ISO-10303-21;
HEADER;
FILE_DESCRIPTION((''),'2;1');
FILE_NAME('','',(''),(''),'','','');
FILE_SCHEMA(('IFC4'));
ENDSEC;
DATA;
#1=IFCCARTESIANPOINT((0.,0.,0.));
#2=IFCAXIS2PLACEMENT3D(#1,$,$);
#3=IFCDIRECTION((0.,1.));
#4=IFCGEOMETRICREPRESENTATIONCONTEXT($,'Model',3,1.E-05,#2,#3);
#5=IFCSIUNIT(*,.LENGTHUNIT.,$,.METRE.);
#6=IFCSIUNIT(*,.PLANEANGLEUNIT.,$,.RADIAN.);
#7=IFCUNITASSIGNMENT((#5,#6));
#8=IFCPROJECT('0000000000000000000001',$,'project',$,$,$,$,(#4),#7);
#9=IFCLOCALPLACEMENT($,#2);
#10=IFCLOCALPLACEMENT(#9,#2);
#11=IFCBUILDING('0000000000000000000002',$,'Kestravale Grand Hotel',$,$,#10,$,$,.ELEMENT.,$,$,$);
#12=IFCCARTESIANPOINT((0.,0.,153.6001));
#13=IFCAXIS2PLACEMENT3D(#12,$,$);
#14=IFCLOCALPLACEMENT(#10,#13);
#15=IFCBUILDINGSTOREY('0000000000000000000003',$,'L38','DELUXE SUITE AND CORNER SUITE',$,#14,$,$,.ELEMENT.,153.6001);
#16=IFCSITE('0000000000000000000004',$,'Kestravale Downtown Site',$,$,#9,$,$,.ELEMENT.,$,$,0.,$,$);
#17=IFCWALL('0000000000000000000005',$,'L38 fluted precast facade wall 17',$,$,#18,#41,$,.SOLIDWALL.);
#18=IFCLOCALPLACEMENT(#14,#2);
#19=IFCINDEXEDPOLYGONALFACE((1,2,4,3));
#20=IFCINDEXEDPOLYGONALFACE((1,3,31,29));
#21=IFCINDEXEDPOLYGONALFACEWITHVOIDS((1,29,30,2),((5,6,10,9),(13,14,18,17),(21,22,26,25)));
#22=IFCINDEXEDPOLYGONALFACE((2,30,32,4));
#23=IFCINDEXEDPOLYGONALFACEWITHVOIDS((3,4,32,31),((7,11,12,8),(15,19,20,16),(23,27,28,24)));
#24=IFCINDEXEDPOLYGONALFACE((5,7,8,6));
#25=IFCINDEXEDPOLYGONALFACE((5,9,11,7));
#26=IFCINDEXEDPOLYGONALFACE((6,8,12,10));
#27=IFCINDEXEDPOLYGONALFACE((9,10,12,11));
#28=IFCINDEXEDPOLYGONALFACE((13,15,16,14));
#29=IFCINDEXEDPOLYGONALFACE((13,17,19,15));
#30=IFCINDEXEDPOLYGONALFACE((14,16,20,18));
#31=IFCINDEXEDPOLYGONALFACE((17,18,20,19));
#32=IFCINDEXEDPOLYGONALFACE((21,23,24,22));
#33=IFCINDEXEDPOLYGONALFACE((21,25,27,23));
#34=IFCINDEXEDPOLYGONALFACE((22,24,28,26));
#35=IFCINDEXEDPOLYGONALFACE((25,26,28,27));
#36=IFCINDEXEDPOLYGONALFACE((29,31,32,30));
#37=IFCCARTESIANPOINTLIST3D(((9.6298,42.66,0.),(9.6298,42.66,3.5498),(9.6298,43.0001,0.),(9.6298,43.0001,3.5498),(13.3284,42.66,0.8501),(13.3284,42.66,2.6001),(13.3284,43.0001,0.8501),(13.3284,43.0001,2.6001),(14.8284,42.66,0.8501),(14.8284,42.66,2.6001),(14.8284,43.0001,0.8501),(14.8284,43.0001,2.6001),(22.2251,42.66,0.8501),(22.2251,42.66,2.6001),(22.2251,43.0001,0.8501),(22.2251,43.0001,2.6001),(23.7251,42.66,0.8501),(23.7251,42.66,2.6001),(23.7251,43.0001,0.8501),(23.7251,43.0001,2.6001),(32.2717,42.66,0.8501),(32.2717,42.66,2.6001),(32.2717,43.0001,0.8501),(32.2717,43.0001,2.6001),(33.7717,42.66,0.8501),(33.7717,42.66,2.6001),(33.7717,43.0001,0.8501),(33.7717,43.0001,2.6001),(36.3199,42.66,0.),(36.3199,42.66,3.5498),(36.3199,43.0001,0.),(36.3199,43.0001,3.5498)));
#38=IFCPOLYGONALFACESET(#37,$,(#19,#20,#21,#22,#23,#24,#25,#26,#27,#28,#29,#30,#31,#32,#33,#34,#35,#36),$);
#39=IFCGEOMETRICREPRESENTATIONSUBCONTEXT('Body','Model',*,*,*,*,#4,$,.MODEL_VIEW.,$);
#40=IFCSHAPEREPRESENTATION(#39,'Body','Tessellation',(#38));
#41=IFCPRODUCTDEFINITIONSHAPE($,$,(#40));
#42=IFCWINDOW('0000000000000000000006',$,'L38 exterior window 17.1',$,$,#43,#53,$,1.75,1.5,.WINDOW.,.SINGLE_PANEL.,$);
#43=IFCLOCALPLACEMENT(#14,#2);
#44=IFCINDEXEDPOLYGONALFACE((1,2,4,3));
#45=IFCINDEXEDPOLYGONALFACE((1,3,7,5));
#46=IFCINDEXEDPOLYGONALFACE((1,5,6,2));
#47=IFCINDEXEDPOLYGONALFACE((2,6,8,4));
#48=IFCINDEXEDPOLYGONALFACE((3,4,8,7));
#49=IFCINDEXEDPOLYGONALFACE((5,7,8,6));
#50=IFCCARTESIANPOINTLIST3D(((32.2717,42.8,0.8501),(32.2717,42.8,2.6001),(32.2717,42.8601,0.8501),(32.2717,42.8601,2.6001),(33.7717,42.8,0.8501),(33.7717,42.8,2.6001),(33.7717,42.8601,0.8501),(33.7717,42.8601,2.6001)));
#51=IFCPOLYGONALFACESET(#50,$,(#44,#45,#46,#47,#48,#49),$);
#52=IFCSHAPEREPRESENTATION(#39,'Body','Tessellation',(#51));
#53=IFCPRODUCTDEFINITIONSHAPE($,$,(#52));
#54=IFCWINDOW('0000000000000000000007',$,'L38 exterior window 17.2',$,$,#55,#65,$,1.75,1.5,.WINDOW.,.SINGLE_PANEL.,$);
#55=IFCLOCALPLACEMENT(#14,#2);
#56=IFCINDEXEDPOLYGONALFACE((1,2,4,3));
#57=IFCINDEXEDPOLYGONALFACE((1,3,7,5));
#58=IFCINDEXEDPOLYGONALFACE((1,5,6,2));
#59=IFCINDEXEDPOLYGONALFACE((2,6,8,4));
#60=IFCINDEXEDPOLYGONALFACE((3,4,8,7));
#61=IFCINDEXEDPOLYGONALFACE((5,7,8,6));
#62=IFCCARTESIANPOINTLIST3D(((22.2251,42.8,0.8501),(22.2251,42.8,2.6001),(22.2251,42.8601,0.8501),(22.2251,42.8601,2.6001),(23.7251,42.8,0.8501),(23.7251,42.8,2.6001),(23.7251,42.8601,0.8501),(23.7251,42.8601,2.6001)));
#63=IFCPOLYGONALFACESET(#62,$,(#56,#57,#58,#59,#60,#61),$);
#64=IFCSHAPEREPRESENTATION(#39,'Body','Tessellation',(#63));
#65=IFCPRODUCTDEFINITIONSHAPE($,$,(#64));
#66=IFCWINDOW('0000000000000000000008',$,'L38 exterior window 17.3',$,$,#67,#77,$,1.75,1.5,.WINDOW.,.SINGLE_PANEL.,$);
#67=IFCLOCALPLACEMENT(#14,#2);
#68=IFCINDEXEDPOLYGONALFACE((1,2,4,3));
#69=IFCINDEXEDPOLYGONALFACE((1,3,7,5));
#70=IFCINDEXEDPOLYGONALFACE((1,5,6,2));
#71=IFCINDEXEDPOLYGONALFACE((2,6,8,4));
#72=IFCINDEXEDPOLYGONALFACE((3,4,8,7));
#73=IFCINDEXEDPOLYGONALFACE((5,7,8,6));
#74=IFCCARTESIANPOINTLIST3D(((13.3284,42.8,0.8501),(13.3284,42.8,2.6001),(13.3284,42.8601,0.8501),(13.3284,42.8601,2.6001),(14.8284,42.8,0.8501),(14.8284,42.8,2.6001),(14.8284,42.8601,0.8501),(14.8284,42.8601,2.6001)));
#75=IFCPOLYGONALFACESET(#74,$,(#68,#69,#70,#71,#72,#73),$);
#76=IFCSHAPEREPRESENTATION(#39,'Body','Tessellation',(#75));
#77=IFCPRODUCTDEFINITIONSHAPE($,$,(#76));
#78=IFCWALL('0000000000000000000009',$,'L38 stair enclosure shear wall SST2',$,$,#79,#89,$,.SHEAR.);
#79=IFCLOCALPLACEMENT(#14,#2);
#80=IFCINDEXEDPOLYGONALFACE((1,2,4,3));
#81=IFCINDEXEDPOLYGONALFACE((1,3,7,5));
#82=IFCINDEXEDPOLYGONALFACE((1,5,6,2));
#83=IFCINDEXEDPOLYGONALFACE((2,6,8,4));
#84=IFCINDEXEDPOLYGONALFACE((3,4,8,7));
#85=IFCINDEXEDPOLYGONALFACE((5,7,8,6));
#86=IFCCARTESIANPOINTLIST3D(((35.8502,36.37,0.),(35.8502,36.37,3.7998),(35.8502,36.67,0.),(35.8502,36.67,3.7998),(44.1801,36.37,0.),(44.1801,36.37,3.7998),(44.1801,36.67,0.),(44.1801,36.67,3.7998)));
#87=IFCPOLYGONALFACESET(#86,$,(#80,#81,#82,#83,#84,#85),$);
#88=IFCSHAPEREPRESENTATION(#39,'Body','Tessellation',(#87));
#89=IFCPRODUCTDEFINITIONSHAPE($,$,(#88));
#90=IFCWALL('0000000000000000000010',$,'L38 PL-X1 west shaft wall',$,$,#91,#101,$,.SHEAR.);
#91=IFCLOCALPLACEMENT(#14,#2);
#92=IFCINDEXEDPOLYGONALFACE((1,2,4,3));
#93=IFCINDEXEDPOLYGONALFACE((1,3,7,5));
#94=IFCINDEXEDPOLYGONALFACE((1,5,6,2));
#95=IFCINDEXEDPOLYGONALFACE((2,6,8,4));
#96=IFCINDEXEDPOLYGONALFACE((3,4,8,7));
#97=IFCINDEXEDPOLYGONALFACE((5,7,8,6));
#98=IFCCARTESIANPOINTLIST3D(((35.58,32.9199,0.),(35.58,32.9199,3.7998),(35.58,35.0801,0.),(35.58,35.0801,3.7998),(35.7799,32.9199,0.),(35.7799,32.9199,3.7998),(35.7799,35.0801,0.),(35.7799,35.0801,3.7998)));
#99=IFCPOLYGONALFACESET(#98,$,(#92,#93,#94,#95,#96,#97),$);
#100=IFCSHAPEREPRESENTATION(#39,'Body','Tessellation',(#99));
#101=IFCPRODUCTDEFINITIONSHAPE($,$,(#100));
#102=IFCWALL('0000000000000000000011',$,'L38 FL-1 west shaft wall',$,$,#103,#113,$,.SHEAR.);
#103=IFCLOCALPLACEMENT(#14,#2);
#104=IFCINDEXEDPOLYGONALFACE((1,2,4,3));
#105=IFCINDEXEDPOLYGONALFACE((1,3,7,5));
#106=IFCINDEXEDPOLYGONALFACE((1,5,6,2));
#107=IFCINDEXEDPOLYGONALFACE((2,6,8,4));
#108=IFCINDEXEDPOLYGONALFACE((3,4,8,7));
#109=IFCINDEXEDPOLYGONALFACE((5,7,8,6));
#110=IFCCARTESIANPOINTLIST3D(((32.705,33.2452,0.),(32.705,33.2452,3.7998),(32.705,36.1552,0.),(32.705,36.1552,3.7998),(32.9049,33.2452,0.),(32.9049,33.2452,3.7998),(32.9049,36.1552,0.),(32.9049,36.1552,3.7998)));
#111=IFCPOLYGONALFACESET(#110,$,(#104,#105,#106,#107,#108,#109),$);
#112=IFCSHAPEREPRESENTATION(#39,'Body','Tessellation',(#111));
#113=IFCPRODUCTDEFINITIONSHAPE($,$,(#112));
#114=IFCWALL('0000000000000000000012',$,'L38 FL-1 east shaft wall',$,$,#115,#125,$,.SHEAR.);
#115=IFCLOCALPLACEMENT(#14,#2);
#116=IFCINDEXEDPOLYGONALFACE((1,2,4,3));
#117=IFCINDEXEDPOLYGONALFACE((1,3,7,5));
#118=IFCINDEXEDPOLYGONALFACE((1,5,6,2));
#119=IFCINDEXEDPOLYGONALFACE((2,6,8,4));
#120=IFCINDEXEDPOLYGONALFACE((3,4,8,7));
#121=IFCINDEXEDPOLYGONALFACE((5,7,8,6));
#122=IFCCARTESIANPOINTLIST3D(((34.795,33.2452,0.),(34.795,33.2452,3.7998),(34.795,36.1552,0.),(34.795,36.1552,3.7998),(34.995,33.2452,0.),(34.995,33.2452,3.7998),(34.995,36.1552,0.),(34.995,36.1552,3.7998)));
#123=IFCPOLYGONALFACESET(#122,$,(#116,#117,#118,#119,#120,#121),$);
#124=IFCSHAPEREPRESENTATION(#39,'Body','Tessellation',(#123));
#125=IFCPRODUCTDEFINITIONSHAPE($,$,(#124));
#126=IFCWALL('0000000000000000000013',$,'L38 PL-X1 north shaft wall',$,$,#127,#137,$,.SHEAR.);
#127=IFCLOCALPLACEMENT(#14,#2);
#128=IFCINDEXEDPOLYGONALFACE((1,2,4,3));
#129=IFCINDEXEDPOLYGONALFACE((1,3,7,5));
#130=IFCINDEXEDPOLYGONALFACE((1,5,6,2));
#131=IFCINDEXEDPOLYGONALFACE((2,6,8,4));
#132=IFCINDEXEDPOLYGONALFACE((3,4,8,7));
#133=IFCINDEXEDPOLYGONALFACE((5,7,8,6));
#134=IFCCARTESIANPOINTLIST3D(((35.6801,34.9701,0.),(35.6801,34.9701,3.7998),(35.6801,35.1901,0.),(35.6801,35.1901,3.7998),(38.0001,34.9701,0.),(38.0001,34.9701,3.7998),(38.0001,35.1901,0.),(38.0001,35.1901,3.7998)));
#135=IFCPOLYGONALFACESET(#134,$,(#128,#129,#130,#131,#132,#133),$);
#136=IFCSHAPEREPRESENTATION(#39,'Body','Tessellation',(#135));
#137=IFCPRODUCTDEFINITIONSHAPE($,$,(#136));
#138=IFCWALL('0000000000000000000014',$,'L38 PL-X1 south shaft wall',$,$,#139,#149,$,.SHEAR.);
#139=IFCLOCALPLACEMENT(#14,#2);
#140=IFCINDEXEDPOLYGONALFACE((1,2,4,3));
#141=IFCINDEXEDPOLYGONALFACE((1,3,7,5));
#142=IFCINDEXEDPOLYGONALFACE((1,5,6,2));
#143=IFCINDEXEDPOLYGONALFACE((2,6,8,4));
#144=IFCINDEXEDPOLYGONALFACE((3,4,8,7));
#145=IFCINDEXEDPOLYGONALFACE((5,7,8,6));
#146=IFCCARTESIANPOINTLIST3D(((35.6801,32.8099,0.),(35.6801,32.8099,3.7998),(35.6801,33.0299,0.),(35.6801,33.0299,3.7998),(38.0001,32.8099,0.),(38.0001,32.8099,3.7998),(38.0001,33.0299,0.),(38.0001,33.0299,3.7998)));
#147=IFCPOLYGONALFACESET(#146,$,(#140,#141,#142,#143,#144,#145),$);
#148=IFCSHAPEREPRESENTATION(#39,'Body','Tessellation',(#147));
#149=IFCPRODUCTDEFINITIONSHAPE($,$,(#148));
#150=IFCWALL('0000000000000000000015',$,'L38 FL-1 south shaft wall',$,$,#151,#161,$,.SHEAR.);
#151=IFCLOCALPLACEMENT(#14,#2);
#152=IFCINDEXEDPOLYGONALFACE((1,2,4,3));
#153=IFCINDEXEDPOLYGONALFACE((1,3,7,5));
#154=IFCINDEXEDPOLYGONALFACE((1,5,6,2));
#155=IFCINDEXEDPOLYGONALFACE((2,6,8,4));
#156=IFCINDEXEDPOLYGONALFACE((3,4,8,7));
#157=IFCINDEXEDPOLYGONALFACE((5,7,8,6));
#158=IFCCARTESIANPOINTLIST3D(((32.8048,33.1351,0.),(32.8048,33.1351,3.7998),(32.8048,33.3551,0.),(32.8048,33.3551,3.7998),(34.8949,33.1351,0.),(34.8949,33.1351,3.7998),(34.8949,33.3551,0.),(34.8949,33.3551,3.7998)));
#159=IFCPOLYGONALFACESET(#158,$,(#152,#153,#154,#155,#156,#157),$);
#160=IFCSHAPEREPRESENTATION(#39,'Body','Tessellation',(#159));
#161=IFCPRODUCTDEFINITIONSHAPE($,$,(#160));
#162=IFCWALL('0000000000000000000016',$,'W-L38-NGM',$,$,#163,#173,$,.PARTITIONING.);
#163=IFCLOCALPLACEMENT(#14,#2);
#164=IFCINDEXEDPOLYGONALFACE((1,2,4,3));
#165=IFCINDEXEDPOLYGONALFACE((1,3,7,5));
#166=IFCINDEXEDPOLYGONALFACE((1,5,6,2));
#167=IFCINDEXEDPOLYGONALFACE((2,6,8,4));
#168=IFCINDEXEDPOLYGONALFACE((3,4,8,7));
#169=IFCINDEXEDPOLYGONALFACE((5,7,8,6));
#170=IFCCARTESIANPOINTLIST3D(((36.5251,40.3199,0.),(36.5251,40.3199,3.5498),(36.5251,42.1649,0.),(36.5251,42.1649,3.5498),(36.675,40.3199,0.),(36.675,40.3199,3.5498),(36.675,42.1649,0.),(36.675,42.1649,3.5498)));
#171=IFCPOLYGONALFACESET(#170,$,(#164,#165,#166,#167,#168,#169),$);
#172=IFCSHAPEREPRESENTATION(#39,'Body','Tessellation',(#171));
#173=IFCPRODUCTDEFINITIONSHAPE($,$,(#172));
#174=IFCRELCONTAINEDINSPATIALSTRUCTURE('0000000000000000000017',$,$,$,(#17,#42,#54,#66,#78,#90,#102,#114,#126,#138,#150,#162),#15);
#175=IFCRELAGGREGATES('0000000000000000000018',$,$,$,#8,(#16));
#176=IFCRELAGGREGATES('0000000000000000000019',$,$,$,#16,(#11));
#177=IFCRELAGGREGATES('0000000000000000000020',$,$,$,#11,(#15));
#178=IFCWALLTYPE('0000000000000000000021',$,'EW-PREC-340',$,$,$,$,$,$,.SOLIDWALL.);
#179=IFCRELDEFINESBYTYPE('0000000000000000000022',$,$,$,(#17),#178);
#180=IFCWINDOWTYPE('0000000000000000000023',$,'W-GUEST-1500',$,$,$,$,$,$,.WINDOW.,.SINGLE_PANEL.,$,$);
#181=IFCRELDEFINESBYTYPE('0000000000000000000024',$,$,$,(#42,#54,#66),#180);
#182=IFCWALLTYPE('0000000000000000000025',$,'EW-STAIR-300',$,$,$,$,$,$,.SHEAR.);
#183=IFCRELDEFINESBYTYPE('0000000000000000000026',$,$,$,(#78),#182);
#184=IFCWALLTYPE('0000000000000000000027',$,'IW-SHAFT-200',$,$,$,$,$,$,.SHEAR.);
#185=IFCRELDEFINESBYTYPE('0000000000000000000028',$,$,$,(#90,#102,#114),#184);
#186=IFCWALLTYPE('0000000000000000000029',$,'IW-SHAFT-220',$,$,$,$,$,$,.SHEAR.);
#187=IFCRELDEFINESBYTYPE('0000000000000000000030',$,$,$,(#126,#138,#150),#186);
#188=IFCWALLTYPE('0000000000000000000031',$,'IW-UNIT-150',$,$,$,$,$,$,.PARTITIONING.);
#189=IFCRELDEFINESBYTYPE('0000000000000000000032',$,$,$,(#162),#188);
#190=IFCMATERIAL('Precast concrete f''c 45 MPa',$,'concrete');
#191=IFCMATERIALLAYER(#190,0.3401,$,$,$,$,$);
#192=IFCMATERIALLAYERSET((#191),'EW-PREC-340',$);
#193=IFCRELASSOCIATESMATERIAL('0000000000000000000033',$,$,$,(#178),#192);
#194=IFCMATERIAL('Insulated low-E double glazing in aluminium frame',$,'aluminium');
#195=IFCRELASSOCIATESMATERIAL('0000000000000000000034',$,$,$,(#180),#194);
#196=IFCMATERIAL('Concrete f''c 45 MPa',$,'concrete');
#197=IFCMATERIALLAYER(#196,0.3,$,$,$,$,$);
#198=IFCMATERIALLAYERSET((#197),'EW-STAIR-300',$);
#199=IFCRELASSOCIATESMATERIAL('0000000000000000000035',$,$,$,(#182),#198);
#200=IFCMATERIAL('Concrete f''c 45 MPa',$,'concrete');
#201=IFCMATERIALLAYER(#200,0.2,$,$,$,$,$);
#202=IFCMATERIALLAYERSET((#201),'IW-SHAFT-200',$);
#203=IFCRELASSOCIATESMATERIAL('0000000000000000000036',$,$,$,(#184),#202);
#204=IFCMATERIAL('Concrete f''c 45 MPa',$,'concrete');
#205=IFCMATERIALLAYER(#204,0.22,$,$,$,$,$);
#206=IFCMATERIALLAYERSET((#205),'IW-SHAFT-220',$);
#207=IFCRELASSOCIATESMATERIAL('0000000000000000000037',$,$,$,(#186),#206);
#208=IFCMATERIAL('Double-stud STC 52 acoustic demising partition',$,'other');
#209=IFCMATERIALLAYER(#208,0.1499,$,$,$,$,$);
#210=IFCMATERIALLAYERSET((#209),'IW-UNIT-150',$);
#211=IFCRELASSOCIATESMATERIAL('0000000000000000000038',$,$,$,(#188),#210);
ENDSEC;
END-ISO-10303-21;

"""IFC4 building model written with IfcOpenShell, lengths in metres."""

from ifc_helpers import new_model, si_unit, direction, frame, frame_2d, origin, place, context, subcontext, project, spatial, rectangle, extrude, material, layer, layer_set, type_object, element, fill, save


model = new_model("IFC4")

# Units and contexts
model_context = context("Model", 3, precision=1e-05, world=origin(), true_north=direction((0.0, 1.0)))
body_context = subcontext(model_context, "Body", "Model", "MODEL_VIEW")
ifc_project = project(units=[si_unit("LENGTHUNIT", "METRE"), si_unit("PLANEANGLEUNIT", "RADIAN")], contexts=[model_context])

# Site, building, storey
site_placement = place(None, origin())
site = spatial("IfcSite", under=ifc_project, at=site_placement, Name="Kestravale Downtown Site", CompositionType="ELEMENT", RefElevation=0.0)
building_placement = place(site_placement, origin())
building = spatial("IfcBuilding", under=site, at=building_placement, Name="Kestravale Grand Hotel", CompositionType="ELEMENT")
storey_placement = place(building_placement, frame((0.0, 0.0, 153.6001)))
storey = spatial("IfcBuildingStorey", under=building, at=storey_placement, Name="L38", Description="DELUXE SUITE AND CORNER SUITE", CompositionType="ELEMENT", Elevation=153.6001)

# Shared definitions
ifc_material_1 = material(Name="Precast concrete f'c 45 MPa", Category="concrete")
ifc_layer_1 = layer(ifc_material_1, 0.3401)
ifc_layer_set_1 = layer_set([ifc_layer_1], Name="EW-PREC-340")
wall_type_1 = type_object("IfcWallType", Name="EW-PREC-340", PredefinedType="SOLIDWALL", material=ifc_layer_set_1)

# Wall, openings, windows
wall_1_placement = place(storey_placement, frame((36.3201, 42.8301, 0.0), z_axis=(0.0, 0.0, 1.0), x_axis=(-1.0, 0.0, 0.0)))
wall_1 = element("IfcWall", 1, at=wall_1_placement, inside=storey, type_object=wall_type_1, Name="L38 fluted precast facade wall 17", PredefinedType="SOLIDWALL", context=body_context, shape_type="SweptSolid", body=[
    extrude(rectangle(XDim=26.6902, YDim=0.3401, at=frame_2d((13.3452, 0.0))), origin(), (0.0, 0.0, 1.0), 3.5498),
])
opening_1_placement = place(wall_1_placement, frame((2.5483, 0.0, 0.8501)))
opening_1 = element("IfcOpeningElement", 2, at=opening_1_placement, cuts=wall_1, PredefinedType="OPENING", context=body_context, shape_type="SweptSolid", body=[
    extrude(rectangle(XDim=1.5, YDim=1.75, at=frame_2d((0.75, 0.875))), frame((0.0, 0.1799, 0.0), z_axis=(0.0, -1.0, 0.0), x_axis=(1.0, 0.0, 0.0)), (0.0, 0.0, 1.0), 0.3601),
])
opening_2_placement = place(wall_1_placement, frame((12.595, 0.0, 0.8501)))
opening_2 = element("IfcOpeningElement", 3, at=opening_2_placement, cuts=wall_1, PredefinedType="OPENING", context=body_context, shape_type="SweptSolid", body=[
    extrude(rectangle(XDim=1.5, YDim=1.75, at=frame_2d((0.75, 0.875))), frame((0.0, 0.1799, 0.0), z_axis=(0.0, -1.0, 0.0), x_axis=(1.0, 0.0, 0.0)), (0.0, 0.0, 1.0), 0.3601),
])
opening_3_placement = place(wall_1_placement, frame((21.4917, 0.0, 0.8501)))
opening_3 = element("IfcOpeningElement", 4, at=opening_3_placement, cuts=wall_1, PredefinedType="OPENING", context=body_context, shape_type="SweptSolid", body=[
    extrude(rectangle(XDim=1.5, YDim=1.75, at=frame_2d((0.75, 0.875))), frame((0.0, 0.1799, 0.0), z_axis=(0.0, -1.0, 0.0), x_axis=(1.0, 0.0, 0.0)), (0.0, 0.0, 1.0), 0.3601),
])
ifc_material_2 = material(Name="Insulated low-E double glazing in aluminium frame", Category="aluminium")
window_type = type_object("IfcWindowType", Name="W-GUEST-1500", PartitioningType="SINGLE_PANEL", PredefinedType="WINDOW", material=ifc_material_2)
window_1_placement = place(opening_1_placement, origin())
window_1 = element("IfcWindow", 5, at=window_1_placement, inside=storey, type_object=window_type, Name="L38 exterior window 17.1", OverallHeight=1.75, OverallWidth=1.5, PartitioningType="SINGLE_PANEL", PredefinedType="WINDOW", context=body_context, shape_type="SweptSolid", body=[
    extrude(rectangle(XDim=1.5, YDim=1.75, at=frame_2d((0.75, 0.875))), frame((0.0, 0.03, 0.0), z_axis=(0.0, -1.0, 0.0), x_axis=(1.0, 0.0, 0.0)), (0.0, 0.0, 1.0), 0.0601),
])
fill(opening_1, window_1)
window_2_placement = place(opening_2_placement, origin())
window_2 = element("IfcWindow", 6, at=window_2_placement, inside=storey, type_object=window_type, Name="L38 exterior window 17.2", OverallHeight=1.75, OverallWidth=1.5, PartitioningType="SINGLE_PANEL", PredefinedType="WINDOW", context=body_context, shape_type="SweptSolid", body=[
    extrude(rectangle(XDim=1.5, YDim=1.75, at=frame_2d((0.75, 0.875))), frame((0.0, 0.03, 0.0), z_axis=(0.0, -1.0, 0.0), x_axis=(1.0, 0.0, 0.0)), (0.0, 0.0, 1.0), 0.0601),
])
fill(opening_2, window_2)
window_3_placement = place(opening_3_placement, origin())
window_3 = element("IfcWindow", 7, at=window_3_placement, inside=storey, type_object=window_type, Name="L38 exterior window 17.3", OverallHeight=1.75, OverallWidth=1.5, PartitioningType="SINGLE_PANEL", PredefinedType="WINDOW", context=body_context, shape_type="SweptSolid", body=[
    extrude(rectangle(XDim=1.5, YDim=1.75, at=frame_2d((0.75, 0.875))), frame((0.0, 0.03, 0.0), z_axis=(0.0, -1.0, 0.0), x_axis=(1.0, 0.0, 0.0)), (0.0, 0.0, 1.0), 0.0601),
])
fill(opening_3, window_3)

# Wall
ifc_material_3 = material(Name="Concrete f'c 45 MPa", Category="concrete")
ifc_layer_2 = layer(ifc_material_3, 0.3)
ifc_layer_set_2 = layer_set([ifc_layer_2], Name="EW-STAIR-300")
wall_type_2 = type_object("IfcWallType", Name="EW-STAIR-300", PredefinedType="SHEAR", material=ifc_layer_set_2)
wall_2_placement = place(storey_placement, frame((35.8501, 36.52, 0.0), z_axis=(0.0, 0.0, 1.0), x_axis=(1.0, 0.0, 0.0)))
element("IfcWall", 8, at=wall_2_placement, inside=storey, type_object=wall_type_2, Name="L38 stair enclosure shear wall SST2", PredefinedType="SHEAR", context=body_context, shape_type="SweptSolid", body=[
    extrude(rectangle(XDim=8.3298, YDim=0.3, at=frame_2d((4.165, 0.0))), origin(), (0.0, 0.0, 1.0), 3.7998),
])

# Walls
ifc_material_4 = material(Name="Concrete f'c 45 MPa", Category="concrete")
ifc_layer_3 = layer(ifc_material_4, 0.2)
ifc_layer_set_3 = layer_set([ifc_layer_3], Name="IW-SHAFT-200")
wall_type_3 = type_object("IfcWallType", Name="IW-SHAFT-200", PredefinedType="SHEAR", material=ifc_layer_set_3)
wall_3_placement = place(storey_placement, frame((35.6799, 32.9199, 0.0), z_axis=(0.0, 0.0, 1.0), x_axis=(0.0, 1.0, 0.0)))
element("IfcWall", 9, at=wall_3_placement, inside=storey, type_object=wall_type_3, Name="L38 PL-X1 west shaft wall", PredefinedType="SHEAR", context=body_context, shape_type="SweptSolid", body=[
    extrude(rectangle(XDim=2.1602, YDim=0.2, at=frame_2d((1.0801, 0.0))), origin(), (0.0, 0.0, 1.0), 3.7998),
])
for number, where, z_axis, x_axis, name in (
    (10, (32.8049, 33.2451, 0.0), (0.0, 0.0, 1.0), (0.0, 1.0, 0.0), "L38 FL-1 west shaft wall"),
    (11, (34.895, 33.2451, 0.0), (0.0, 0.0, 1.0), (0.0, 1.0, 0.0), "L38 FL-1 east shaft wall"),
):
    element("IfcWall", number, at=place(storey_placement, frame(where, z_axis=z_axis, x_axis=x_axis)), inside=storey, type_object=wall_type_3, Name=name, PredefinedType="SHEAR", context=body_context, shape_type="SweptSolid", body=[
        extrude(rectangle(XDim=2.9099, YDim=0.2, at=frame_2d((1.4551, 0.0))), origin(), (0.0, 0.0, 1.0), 3.7998),
    ])
ifc_material_5 = material(Name="Concrete f'c 45 MPa", Category="concrete")
ifc_layer_4 = layer(ifc_material_5, 0.22)
ifc_layer_set_4 = layer_set([ifc_layer_4], Name="IW-SHAFT-220")
wall_type_4 = type_object("IfcWallType", Name="IW-SHAFT-220", PredefinedType="SHEAR", material=ifc_layer_set_4)
for number, where, z_axis, x_axis, name in (
    (12, (35.6799, 35.0801, 0.0), (0.0, 0.0, 1.0), (1.0, 0.0, 0.0), "L38 PL-X1 north shaft wall"),
    (13, (35.6799, 32.9199, 0.0), (0.0, 0.0, 1.0), (1.0, 0.0, 0.0), "L38 PL-X1 south shaft wall"),
):
    element("IfcWall", number, at=place(storey_placement, frame(where, z_axis=z_axis, x_axis=x_axis)), inside=storey, type_object=wall_type_4, Name=name, PredefinedType="SHEAR", context=body_context, shape_type="SweptSolid", body=[
        extrude(rectangle(XDim=2.3201, YDim=0.22, at=frame_2d((1.1602, 0.0))), origin(), (0.0, 0.0, 1.0), 3.7998),
    ])

# Walls
wall_4_placement = place(storey_placement, frame((32.8049, 33.2451, 0.0), z_axis=(0.0, 0.0, 1.0), x_axis=(1.0, 0.0, 0.0)))
element("IfcWall", 14, at=wall_4_placement, inside=storey, type_object=wall_type_4, Name="L38 FL-1 south shaft wall", PredefinedType="SHEAR", context=body_context, shape_type="SweptSolid", body=[
    extrude(rectangle(XDim=2.0901, YDim=0.22, at=frame_2d((1.0449, 0.0))), origin(), (0.0, 0.0, 1.0), 3.7998),
])
ifc_material_6 = material(Name="Double-stud STC 52 acoustic demising partition", Category="other")
ifc_layer_5 = layer(ifc_material_6, 0.1499)
ifc_layer_set_5 = layer_set([ifc_layer_5], Name="IW-UNIT-150")
wall_type_5 = type_object("IfcWallType", Name="IW-UNIT-150", PredefinedType="PARTITIONING", material=ifc_layer_set_5)
wall_5_placement = place(storey_placement, frame((36.6001, 40.3201, 0.0), z_axis=(0.0, 0.0, 1.0), x_axis=(0.0, 1.0, 0.0)))
element("IfcWall", 15, at=wall_5_placement, inside=storey, type_object=wall_type_5, Name="W-L38-NGM", PredefinedType="PARTITIONING", context=body_context, shape_type="SweptSolid", body=[
    extrude(rectangle(XDim=1.845, YDim=0.1499, at=frame_2d((0.9224, 0.0))), origin(), (0.0, 0.0, 1.0), 3.5498),
])

save(model, "model.ifc")
